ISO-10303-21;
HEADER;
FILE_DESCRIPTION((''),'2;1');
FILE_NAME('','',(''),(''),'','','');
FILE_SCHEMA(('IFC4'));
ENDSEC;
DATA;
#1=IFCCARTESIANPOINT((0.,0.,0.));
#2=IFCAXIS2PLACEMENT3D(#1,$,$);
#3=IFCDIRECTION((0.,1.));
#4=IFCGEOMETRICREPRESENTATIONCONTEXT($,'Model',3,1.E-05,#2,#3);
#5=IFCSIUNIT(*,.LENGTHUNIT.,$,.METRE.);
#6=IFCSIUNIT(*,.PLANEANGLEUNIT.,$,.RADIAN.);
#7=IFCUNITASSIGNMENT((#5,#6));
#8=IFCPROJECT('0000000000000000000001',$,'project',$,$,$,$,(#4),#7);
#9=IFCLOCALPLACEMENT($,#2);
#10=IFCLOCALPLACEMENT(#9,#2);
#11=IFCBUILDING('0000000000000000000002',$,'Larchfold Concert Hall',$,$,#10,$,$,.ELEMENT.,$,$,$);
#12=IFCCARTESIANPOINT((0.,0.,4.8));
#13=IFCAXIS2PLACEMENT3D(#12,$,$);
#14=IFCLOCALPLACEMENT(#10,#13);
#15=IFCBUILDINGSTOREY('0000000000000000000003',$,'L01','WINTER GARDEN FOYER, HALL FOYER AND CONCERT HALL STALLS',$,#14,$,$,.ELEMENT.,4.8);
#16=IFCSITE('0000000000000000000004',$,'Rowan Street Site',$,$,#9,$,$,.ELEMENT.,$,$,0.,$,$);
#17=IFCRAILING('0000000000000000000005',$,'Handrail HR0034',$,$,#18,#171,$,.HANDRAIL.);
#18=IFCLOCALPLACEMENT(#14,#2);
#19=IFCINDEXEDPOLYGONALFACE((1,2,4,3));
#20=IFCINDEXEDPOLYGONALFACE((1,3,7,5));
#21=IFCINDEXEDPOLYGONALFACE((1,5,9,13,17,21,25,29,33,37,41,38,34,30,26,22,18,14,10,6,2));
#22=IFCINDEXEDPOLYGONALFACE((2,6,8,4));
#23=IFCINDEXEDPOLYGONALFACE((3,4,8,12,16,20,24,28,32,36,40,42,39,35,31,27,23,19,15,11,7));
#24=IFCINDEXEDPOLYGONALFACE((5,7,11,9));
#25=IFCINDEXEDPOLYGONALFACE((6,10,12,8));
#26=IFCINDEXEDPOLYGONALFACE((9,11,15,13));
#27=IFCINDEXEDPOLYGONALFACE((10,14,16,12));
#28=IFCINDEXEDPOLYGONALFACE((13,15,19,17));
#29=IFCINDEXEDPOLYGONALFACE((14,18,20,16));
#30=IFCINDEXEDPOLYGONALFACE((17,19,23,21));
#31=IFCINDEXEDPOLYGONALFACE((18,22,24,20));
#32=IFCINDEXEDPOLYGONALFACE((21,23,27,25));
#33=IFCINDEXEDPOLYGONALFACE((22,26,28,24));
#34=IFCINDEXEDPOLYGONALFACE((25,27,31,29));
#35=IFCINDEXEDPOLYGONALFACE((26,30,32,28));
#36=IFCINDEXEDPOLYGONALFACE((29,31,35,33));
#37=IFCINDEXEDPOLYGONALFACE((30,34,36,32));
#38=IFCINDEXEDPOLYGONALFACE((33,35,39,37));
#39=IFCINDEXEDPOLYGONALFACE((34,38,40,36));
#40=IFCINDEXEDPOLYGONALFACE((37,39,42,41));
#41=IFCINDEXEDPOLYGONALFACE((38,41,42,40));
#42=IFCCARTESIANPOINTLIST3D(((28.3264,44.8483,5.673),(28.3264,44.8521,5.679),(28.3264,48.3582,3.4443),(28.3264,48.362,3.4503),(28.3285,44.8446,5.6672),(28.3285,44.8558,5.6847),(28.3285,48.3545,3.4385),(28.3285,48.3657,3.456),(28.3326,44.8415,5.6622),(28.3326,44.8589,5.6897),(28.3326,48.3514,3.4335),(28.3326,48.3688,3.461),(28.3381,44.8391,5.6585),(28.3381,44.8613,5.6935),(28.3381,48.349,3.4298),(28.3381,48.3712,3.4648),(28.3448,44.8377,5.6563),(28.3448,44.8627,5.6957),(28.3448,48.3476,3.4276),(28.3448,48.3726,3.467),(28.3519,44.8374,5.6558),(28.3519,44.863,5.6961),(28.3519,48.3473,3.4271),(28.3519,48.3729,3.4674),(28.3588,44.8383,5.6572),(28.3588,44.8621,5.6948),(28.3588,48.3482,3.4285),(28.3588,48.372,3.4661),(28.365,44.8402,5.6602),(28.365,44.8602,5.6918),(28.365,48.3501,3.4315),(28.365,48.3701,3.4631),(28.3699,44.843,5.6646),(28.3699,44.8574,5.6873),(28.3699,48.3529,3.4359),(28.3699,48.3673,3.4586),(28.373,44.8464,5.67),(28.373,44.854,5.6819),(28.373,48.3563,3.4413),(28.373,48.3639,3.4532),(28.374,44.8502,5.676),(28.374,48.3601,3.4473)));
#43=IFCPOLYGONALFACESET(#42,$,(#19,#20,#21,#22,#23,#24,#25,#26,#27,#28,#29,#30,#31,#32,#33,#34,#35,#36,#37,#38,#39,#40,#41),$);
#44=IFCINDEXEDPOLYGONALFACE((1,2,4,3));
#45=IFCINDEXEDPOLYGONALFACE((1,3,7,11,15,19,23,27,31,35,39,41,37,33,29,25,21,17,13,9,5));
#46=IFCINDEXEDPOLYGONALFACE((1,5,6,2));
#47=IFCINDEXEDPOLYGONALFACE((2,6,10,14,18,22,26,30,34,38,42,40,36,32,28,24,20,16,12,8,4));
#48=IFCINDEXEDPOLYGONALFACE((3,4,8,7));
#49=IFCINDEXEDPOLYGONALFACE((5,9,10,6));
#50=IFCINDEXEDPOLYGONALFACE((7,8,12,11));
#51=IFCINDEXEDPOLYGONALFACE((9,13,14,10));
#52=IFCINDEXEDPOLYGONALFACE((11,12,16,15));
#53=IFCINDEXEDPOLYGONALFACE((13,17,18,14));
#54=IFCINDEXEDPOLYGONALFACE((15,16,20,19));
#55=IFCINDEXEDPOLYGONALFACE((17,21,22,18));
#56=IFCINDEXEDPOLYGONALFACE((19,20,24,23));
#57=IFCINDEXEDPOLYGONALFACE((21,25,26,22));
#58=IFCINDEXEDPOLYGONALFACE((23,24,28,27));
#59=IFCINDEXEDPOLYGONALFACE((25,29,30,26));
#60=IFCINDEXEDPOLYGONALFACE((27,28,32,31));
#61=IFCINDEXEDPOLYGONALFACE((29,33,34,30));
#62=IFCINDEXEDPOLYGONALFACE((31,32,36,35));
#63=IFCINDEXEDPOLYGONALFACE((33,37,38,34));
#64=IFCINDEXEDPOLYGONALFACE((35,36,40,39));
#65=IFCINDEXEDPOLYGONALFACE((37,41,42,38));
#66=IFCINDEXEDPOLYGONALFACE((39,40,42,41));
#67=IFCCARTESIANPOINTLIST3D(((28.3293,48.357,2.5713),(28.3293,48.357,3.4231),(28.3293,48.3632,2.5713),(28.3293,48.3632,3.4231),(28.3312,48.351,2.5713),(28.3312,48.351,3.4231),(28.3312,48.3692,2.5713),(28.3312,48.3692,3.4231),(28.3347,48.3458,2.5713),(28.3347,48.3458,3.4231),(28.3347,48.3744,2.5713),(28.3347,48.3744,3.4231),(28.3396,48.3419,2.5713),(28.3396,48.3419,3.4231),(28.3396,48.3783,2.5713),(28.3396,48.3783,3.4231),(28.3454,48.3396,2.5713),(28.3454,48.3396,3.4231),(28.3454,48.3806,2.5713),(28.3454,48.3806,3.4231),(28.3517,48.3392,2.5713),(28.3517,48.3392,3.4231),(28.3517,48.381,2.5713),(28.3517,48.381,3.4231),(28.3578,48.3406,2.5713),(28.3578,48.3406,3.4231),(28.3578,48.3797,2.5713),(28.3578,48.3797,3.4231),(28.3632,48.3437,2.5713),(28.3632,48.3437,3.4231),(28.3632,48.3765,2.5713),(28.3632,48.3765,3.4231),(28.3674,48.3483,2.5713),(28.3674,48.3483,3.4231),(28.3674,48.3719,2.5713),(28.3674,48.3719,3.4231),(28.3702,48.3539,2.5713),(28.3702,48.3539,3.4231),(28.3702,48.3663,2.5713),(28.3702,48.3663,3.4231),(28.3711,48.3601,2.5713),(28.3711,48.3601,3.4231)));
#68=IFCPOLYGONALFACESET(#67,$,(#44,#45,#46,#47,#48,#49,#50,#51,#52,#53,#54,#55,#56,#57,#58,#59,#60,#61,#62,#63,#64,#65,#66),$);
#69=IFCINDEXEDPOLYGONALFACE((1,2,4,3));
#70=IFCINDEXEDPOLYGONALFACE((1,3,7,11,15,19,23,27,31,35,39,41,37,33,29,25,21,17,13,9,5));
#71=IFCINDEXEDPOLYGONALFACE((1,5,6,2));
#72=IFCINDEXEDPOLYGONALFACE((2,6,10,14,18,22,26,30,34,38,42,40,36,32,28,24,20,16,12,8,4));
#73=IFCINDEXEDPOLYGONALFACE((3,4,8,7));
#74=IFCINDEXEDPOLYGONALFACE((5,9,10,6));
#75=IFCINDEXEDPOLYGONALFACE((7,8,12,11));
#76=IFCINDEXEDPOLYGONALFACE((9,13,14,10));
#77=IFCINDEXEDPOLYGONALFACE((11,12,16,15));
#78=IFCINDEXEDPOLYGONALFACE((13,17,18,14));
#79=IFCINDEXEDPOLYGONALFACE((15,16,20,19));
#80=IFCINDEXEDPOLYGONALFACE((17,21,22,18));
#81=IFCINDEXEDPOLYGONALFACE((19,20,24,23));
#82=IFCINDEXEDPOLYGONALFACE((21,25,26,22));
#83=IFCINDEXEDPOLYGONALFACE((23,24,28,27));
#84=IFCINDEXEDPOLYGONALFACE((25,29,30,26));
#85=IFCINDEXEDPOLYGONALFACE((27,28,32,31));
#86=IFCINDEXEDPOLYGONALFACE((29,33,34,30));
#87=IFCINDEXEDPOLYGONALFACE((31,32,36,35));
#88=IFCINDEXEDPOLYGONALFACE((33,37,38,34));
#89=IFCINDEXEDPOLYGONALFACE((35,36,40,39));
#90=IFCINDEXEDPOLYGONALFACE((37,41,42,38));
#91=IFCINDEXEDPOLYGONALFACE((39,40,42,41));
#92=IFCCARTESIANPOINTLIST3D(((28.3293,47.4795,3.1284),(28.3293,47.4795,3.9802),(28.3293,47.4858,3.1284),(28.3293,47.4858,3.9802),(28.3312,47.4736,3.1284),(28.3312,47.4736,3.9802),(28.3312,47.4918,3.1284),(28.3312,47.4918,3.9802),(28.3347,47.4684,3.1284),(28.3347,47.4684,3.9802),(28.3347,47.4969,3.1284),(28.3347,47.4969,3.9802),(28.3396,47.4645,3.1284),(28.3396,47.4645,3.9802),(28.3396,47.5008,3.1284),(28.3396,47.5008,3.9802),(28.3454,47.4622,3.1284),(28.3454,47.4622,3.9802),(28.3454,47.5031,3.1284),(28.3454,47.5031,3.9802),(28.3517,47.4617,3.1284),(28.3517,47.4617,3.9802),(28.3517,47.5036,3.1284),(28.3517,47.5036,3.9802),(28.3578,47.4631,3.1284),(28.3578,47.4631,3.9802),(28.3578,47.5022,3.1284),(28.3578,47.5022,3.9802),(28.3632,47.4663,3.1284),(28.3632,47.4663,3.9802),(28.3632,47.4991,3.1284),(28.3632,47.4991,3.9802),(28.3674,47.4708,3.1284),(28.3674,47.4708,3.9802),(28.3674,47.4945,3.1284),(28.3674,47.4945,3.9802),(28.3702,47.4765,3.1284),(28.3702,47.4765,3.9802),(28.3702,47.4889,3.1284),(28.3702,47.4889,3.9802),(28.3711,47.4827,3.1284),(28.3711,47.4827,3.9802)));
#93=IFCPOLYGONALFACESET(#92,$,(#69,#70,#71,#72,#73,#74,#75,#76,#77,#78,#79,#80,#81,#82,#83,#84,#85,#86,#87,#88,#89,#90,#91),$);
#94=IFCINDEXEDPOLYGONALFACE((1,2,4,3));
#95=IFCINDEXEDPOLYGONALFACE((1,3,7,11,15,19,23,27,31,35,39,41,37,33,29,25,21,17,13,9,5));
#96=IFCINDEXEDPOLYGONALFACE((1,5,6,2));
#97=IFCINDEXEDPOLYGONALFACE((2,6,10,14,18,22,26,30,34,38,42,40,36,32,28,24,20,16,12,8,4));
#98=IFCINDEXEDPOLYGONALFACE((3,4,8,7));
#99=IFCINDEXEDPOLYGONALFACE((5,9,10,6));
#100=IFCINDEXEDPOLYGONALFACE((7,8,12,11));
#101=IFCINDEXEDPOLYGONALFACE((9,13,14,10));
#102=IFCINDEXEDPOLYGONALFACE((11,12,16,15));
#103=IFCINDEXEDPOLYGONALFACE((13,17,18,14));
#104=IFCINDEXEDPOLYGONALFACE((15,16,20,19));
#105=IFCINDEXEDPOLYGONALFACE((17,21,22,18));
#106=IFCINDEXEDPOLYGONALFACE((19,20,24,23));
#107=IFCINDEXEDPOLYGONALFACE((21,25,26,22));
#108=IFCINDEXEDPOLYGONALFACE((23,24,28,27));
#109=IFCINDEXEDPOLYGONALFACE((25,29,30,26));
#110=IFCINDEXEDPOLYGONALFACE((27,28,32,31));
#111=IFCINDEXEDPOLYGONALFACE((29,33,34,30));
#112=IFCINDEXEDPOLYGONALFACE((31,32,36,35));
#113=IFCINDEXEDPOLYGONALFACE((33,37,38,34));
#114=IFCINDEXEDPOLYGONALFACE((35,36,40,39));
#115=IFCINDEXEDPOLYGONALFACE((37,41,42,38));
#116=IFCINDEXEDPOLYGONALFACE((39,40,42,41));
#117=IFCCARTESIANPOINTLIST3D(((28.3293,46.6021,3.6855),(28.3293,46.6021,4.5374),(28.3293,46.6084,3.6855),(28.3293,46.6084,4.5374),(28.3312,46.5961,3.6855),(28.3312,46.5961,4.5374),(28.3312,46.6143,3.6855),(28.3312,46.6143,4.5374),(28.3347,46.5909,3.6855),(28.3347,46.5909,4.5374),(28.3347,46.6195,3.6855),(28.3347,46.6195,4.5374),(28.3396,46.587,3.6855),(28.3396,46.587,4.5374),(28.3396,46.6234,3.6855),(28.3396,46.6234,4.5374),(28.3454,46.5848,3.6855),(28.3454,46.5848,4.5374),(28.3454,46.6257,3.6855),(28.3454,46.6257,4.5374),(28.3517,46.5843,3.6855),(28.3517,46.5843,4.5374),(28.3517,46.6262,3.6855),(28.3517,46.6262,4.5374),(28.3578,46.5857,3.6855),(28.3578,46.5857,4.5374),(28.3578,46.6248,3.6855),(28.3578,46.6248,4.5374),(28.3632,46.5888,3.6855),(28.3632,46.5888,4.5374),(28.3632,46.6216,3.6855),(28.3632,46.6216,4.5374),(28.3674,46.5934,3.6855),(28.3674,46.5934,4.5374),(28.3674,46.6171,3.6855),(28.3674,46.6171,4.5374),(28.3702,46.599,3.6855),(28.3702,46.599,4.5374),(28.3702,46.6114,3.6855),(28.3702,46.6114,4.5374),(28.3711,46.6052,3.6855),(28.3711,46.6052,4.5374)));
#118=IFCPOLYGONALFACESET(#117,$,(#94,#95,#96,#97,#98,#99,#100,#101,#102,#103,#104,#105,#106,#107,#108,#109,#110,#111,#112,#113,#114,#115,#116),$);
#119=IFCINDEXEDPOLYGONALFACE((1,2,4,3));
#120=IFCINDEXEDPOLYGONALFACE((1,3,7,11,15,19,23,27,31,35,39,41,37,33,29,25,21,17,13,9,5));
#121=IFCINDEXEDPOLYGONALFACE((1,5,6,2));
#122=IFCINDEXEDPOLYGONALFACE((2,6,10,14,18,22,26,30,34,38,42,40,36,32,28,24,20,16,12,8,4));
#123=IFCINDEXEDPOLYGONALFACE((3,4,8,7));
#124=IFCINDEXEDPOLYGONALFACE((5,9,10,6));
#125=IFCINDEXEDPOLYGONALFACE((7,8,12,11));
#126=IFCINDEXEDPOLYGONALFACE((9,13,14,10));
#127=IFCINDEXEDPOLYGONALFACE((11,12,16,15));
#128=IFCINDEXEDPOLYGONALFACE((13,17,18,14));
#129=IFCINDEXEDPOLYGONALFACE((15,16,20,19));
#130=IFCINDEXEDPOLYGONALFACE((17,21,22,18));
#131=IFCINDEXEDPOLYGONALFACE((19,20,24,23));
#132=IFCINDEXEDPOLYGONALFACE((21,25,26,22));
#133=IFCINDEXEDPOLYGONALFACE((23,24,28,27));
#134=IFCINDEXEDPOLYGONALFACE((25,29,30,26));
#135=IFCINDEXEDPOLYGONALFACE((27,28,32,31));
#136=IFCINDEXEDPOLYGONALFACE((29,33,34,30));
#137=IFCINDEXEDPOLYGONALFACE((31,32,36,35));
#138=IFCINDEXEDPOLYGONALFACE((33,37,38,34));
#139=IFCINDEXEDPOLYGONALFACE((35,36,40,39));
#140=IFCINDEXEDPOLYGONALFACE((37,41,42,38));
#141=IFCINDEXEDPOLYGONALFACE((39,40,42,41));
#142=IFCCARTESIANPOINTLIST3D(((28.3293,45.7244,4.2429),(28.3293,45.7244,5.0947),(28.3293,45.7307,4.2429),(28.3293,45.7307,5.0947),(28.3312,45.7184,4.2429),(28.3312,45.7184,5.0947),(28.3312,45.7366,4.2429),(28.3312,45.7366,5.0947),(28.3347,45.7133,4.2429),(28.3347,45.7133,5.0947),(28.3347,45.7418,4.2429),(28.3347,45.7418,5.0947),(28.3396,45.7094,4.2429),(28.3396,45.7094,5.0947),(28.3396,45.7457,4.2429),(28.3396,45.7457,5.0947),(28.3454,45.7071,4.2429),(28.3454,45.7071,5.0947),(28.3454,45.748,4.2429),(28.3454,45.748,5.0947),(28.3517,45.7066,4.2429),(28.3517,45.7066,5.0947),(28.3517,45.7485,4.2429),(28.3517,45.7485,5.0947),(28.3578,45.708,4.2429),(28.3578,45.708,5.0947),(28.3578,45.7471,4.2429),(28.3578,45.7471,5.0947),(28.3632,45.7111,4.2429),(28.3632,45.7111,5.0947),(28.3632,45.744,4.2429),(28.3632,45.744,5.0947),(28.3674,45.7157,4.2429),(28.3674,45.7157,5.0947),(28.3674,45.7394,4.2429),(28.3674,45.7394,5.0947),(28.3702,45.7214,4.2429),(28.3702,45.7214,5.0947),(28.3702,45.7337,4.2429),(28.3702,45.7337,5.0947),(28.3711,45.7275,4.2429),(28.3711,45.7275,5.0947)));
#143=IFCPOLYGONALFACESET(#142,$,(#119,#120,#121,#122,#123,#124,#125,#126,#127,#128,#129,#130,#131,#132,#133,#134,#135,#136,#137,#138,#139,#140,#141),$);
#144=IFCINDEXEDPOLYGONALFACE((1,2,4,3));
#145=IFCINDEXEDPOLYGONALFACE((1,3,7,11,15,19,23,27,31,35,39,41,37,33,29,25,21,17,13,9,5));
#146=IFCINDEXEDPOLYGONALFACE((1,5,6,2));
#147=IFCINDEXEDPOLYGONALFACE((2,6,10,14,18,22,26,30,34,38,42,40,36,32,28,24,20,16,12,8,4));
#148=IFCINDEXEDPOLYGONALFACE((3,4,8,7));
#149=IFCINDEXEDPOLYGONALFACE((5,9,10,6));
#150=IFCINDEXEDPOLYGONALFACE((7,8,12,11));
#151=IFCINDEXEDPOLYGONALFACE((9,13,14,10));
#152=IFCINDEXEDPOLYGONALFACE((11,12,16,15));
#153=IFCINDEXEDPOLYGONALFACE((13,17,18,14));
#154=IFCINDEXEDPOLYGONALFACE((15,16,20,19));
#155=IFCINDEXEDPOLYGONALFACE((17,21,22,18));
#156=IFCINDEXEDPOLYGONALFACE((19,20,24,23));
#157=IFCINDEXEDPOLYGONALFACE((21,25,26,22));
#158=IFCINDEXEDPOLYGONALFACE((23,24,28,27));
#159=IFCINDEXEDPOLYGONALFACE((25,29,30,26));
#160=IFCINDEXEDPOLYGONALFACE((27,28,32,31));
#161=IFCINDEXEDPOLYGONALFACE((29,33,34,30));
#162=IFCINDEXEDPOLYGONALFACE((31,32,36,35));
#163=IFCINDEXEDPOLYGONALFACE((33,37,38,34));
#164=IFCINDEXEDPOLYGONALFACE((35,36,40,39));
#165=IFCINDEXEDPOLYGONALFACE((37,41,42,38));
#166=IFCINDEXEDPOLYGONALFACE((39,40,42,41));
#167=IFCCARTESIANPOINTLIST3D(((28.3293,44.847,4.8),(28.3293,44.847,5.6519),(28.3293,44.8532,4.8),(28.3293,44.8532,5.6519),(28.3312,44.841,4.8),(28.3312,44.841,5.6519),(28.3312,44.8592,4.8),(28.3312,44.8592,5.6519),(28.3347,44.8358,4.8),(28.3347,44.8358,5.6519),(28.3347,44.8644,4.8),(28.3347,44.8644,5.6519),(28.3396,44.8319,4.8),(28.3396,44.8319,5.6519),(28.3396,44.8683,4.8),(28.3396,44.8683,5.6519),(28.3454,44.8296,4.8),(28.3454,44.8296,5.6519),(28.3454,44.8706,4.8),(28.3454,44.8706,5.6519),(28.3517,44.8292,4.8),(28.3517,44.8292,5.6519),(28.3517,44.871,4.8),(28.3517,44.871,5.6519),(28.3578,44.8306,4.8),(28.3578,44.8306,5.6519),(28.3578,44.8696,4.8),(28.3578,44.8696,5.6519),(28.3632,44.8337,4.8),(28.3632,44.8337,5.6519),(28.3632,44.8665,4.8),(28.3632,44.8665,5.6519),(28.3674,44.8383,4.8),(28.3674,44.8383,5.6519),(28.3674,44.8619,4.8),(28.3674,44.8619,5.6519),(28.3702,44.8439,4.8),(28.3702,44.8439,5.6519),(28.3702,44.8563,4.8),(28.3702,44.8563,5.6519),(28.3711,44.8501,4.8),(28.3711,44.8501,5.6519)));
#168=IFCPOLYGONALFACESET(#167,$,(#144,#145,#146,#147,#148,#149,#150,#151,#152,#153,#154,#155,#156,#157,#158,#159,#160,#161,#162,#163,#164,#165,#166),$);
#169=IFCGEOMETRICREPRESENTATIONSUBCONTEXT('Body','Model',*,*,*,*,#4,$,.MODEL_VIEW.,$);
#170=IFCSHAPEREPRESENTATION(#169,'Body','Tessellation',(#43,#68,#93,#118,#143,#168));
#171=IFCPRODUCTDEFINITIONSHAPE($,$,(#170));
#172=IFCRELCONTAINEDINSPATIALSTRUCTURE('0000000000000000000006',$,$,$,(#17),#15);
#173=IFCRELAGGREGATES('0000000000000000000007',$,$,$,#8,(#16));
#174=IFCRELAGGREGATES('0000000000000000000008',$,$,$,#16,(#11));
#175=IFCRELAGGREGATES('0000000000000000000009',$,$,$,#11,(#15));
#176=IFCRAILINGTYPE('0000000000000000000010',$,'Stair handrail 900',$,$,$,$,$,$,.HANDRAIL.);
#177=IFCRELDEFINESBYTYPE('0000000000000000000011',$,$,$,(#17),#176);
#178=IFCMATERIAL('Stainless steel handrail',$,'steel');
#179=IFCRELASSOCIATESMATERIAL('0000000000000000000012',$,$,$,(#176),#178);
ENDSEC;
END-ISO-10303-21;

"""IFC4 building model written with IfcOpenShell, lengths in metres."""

from ifc_helpers import new_model, si_unit, direction, frame, origin, origin_2d, place, context, subcontext, project, spatial, circle, extrude, material, type_object, element, save


model = new_model("IFC4")

# Units and contexts
model_context = context("Model", 3, precision=1e-05, world=origin(), true_north=direction((0.0, 1.0)))
body_context = subcontext(model_context, "Body", "Model", "MODEL_VIEW")
ifc_project = project(units=[si_unit("LENGTHUNIT", "METRE"), si_unit("PLANEANGLEUNIT", "RADIAN")], contexts=[model_context])

# Site, building, storey
site_placement = place(None, origin())
site = spatial("IfcSite", under=ifc_project, at=site_placement, Name="Rowan Street Site", CompositionType="ELEMENT", RefElevation=0.0)
building_placement = place(site_placement, origin())
building = spatial("IfcBuilding", under=site, at=building_placement, Name="Larchfold Concert Hall", CompositionType="ELEMENT")
storey_placement = place(building_placement, frame((0.0, 0.0, 4.8)))
storey = spatial("IfcBuildingStorey", under=building, at=storey_placement, Name="L01", Description="WINTER GARDEN FOYER, HALL FOYER AND CONCERT HALL STALLS", CompositionType="ELEMENT", Elevation=4.8)

# Railing
ifc_material_1 = material(Name="Stainless steel handrail", Category="steel")
railing_type_1 = type_object("IfcRailingType", Name="Stair handrail 900", PredefinedType="HANDRAIL", material=ifc_material_1)
railing_1_placement = place(storey_placement, frame((28.3501, 48.3601, 2.5713)))
element("IfcRailing", 1, at=railing_1_placement, inside=storey, type_object=railing_type_1, Name="Handrail HR0034", PredefinedType="HANDRAIL", context=body_context, shape_type="SweptSolid", body=[
    extrude(circle(Radius=0.0239, at=origin_2d()), frame((0.0, 0.0, 0.876), z_axis=(0.0, -0.844193, 0.536039), x_axis=(1.0, 0.0, 0.0)), (0.0, 0.0, 1.0), 4.1577),
    extrude(circle(Radius=0.021, at=origin_2d()), origin(), (0.0, 0.0, 1.0), 0.8518),
    extrude(circle(Radius=0.021, at=origin_2d()), frame((0.0, -0.8774, 0.5571)), (0.0, 0.0, 1.0), 0.8518),
    extrude(circle(Radius=0.021, at=origin_2d()), frame((0.0, -1.7549, 1.1143)), (0.0, 0.0, 1.0), 0.8518),
    extrude(circle(Radius=0.021, at=origin_2d()), frame((0.0, -2.6326, 1.6716)), (0.0, 0.0, 1.0), 0.8518),
    extrude(circle(Radius=0.021, at=origin_2d()), frame((0.0, -3.51, 2.2288)), (0.0, 0.0, 1.0), 0.8518),
])

save(model, "model.ifc")
